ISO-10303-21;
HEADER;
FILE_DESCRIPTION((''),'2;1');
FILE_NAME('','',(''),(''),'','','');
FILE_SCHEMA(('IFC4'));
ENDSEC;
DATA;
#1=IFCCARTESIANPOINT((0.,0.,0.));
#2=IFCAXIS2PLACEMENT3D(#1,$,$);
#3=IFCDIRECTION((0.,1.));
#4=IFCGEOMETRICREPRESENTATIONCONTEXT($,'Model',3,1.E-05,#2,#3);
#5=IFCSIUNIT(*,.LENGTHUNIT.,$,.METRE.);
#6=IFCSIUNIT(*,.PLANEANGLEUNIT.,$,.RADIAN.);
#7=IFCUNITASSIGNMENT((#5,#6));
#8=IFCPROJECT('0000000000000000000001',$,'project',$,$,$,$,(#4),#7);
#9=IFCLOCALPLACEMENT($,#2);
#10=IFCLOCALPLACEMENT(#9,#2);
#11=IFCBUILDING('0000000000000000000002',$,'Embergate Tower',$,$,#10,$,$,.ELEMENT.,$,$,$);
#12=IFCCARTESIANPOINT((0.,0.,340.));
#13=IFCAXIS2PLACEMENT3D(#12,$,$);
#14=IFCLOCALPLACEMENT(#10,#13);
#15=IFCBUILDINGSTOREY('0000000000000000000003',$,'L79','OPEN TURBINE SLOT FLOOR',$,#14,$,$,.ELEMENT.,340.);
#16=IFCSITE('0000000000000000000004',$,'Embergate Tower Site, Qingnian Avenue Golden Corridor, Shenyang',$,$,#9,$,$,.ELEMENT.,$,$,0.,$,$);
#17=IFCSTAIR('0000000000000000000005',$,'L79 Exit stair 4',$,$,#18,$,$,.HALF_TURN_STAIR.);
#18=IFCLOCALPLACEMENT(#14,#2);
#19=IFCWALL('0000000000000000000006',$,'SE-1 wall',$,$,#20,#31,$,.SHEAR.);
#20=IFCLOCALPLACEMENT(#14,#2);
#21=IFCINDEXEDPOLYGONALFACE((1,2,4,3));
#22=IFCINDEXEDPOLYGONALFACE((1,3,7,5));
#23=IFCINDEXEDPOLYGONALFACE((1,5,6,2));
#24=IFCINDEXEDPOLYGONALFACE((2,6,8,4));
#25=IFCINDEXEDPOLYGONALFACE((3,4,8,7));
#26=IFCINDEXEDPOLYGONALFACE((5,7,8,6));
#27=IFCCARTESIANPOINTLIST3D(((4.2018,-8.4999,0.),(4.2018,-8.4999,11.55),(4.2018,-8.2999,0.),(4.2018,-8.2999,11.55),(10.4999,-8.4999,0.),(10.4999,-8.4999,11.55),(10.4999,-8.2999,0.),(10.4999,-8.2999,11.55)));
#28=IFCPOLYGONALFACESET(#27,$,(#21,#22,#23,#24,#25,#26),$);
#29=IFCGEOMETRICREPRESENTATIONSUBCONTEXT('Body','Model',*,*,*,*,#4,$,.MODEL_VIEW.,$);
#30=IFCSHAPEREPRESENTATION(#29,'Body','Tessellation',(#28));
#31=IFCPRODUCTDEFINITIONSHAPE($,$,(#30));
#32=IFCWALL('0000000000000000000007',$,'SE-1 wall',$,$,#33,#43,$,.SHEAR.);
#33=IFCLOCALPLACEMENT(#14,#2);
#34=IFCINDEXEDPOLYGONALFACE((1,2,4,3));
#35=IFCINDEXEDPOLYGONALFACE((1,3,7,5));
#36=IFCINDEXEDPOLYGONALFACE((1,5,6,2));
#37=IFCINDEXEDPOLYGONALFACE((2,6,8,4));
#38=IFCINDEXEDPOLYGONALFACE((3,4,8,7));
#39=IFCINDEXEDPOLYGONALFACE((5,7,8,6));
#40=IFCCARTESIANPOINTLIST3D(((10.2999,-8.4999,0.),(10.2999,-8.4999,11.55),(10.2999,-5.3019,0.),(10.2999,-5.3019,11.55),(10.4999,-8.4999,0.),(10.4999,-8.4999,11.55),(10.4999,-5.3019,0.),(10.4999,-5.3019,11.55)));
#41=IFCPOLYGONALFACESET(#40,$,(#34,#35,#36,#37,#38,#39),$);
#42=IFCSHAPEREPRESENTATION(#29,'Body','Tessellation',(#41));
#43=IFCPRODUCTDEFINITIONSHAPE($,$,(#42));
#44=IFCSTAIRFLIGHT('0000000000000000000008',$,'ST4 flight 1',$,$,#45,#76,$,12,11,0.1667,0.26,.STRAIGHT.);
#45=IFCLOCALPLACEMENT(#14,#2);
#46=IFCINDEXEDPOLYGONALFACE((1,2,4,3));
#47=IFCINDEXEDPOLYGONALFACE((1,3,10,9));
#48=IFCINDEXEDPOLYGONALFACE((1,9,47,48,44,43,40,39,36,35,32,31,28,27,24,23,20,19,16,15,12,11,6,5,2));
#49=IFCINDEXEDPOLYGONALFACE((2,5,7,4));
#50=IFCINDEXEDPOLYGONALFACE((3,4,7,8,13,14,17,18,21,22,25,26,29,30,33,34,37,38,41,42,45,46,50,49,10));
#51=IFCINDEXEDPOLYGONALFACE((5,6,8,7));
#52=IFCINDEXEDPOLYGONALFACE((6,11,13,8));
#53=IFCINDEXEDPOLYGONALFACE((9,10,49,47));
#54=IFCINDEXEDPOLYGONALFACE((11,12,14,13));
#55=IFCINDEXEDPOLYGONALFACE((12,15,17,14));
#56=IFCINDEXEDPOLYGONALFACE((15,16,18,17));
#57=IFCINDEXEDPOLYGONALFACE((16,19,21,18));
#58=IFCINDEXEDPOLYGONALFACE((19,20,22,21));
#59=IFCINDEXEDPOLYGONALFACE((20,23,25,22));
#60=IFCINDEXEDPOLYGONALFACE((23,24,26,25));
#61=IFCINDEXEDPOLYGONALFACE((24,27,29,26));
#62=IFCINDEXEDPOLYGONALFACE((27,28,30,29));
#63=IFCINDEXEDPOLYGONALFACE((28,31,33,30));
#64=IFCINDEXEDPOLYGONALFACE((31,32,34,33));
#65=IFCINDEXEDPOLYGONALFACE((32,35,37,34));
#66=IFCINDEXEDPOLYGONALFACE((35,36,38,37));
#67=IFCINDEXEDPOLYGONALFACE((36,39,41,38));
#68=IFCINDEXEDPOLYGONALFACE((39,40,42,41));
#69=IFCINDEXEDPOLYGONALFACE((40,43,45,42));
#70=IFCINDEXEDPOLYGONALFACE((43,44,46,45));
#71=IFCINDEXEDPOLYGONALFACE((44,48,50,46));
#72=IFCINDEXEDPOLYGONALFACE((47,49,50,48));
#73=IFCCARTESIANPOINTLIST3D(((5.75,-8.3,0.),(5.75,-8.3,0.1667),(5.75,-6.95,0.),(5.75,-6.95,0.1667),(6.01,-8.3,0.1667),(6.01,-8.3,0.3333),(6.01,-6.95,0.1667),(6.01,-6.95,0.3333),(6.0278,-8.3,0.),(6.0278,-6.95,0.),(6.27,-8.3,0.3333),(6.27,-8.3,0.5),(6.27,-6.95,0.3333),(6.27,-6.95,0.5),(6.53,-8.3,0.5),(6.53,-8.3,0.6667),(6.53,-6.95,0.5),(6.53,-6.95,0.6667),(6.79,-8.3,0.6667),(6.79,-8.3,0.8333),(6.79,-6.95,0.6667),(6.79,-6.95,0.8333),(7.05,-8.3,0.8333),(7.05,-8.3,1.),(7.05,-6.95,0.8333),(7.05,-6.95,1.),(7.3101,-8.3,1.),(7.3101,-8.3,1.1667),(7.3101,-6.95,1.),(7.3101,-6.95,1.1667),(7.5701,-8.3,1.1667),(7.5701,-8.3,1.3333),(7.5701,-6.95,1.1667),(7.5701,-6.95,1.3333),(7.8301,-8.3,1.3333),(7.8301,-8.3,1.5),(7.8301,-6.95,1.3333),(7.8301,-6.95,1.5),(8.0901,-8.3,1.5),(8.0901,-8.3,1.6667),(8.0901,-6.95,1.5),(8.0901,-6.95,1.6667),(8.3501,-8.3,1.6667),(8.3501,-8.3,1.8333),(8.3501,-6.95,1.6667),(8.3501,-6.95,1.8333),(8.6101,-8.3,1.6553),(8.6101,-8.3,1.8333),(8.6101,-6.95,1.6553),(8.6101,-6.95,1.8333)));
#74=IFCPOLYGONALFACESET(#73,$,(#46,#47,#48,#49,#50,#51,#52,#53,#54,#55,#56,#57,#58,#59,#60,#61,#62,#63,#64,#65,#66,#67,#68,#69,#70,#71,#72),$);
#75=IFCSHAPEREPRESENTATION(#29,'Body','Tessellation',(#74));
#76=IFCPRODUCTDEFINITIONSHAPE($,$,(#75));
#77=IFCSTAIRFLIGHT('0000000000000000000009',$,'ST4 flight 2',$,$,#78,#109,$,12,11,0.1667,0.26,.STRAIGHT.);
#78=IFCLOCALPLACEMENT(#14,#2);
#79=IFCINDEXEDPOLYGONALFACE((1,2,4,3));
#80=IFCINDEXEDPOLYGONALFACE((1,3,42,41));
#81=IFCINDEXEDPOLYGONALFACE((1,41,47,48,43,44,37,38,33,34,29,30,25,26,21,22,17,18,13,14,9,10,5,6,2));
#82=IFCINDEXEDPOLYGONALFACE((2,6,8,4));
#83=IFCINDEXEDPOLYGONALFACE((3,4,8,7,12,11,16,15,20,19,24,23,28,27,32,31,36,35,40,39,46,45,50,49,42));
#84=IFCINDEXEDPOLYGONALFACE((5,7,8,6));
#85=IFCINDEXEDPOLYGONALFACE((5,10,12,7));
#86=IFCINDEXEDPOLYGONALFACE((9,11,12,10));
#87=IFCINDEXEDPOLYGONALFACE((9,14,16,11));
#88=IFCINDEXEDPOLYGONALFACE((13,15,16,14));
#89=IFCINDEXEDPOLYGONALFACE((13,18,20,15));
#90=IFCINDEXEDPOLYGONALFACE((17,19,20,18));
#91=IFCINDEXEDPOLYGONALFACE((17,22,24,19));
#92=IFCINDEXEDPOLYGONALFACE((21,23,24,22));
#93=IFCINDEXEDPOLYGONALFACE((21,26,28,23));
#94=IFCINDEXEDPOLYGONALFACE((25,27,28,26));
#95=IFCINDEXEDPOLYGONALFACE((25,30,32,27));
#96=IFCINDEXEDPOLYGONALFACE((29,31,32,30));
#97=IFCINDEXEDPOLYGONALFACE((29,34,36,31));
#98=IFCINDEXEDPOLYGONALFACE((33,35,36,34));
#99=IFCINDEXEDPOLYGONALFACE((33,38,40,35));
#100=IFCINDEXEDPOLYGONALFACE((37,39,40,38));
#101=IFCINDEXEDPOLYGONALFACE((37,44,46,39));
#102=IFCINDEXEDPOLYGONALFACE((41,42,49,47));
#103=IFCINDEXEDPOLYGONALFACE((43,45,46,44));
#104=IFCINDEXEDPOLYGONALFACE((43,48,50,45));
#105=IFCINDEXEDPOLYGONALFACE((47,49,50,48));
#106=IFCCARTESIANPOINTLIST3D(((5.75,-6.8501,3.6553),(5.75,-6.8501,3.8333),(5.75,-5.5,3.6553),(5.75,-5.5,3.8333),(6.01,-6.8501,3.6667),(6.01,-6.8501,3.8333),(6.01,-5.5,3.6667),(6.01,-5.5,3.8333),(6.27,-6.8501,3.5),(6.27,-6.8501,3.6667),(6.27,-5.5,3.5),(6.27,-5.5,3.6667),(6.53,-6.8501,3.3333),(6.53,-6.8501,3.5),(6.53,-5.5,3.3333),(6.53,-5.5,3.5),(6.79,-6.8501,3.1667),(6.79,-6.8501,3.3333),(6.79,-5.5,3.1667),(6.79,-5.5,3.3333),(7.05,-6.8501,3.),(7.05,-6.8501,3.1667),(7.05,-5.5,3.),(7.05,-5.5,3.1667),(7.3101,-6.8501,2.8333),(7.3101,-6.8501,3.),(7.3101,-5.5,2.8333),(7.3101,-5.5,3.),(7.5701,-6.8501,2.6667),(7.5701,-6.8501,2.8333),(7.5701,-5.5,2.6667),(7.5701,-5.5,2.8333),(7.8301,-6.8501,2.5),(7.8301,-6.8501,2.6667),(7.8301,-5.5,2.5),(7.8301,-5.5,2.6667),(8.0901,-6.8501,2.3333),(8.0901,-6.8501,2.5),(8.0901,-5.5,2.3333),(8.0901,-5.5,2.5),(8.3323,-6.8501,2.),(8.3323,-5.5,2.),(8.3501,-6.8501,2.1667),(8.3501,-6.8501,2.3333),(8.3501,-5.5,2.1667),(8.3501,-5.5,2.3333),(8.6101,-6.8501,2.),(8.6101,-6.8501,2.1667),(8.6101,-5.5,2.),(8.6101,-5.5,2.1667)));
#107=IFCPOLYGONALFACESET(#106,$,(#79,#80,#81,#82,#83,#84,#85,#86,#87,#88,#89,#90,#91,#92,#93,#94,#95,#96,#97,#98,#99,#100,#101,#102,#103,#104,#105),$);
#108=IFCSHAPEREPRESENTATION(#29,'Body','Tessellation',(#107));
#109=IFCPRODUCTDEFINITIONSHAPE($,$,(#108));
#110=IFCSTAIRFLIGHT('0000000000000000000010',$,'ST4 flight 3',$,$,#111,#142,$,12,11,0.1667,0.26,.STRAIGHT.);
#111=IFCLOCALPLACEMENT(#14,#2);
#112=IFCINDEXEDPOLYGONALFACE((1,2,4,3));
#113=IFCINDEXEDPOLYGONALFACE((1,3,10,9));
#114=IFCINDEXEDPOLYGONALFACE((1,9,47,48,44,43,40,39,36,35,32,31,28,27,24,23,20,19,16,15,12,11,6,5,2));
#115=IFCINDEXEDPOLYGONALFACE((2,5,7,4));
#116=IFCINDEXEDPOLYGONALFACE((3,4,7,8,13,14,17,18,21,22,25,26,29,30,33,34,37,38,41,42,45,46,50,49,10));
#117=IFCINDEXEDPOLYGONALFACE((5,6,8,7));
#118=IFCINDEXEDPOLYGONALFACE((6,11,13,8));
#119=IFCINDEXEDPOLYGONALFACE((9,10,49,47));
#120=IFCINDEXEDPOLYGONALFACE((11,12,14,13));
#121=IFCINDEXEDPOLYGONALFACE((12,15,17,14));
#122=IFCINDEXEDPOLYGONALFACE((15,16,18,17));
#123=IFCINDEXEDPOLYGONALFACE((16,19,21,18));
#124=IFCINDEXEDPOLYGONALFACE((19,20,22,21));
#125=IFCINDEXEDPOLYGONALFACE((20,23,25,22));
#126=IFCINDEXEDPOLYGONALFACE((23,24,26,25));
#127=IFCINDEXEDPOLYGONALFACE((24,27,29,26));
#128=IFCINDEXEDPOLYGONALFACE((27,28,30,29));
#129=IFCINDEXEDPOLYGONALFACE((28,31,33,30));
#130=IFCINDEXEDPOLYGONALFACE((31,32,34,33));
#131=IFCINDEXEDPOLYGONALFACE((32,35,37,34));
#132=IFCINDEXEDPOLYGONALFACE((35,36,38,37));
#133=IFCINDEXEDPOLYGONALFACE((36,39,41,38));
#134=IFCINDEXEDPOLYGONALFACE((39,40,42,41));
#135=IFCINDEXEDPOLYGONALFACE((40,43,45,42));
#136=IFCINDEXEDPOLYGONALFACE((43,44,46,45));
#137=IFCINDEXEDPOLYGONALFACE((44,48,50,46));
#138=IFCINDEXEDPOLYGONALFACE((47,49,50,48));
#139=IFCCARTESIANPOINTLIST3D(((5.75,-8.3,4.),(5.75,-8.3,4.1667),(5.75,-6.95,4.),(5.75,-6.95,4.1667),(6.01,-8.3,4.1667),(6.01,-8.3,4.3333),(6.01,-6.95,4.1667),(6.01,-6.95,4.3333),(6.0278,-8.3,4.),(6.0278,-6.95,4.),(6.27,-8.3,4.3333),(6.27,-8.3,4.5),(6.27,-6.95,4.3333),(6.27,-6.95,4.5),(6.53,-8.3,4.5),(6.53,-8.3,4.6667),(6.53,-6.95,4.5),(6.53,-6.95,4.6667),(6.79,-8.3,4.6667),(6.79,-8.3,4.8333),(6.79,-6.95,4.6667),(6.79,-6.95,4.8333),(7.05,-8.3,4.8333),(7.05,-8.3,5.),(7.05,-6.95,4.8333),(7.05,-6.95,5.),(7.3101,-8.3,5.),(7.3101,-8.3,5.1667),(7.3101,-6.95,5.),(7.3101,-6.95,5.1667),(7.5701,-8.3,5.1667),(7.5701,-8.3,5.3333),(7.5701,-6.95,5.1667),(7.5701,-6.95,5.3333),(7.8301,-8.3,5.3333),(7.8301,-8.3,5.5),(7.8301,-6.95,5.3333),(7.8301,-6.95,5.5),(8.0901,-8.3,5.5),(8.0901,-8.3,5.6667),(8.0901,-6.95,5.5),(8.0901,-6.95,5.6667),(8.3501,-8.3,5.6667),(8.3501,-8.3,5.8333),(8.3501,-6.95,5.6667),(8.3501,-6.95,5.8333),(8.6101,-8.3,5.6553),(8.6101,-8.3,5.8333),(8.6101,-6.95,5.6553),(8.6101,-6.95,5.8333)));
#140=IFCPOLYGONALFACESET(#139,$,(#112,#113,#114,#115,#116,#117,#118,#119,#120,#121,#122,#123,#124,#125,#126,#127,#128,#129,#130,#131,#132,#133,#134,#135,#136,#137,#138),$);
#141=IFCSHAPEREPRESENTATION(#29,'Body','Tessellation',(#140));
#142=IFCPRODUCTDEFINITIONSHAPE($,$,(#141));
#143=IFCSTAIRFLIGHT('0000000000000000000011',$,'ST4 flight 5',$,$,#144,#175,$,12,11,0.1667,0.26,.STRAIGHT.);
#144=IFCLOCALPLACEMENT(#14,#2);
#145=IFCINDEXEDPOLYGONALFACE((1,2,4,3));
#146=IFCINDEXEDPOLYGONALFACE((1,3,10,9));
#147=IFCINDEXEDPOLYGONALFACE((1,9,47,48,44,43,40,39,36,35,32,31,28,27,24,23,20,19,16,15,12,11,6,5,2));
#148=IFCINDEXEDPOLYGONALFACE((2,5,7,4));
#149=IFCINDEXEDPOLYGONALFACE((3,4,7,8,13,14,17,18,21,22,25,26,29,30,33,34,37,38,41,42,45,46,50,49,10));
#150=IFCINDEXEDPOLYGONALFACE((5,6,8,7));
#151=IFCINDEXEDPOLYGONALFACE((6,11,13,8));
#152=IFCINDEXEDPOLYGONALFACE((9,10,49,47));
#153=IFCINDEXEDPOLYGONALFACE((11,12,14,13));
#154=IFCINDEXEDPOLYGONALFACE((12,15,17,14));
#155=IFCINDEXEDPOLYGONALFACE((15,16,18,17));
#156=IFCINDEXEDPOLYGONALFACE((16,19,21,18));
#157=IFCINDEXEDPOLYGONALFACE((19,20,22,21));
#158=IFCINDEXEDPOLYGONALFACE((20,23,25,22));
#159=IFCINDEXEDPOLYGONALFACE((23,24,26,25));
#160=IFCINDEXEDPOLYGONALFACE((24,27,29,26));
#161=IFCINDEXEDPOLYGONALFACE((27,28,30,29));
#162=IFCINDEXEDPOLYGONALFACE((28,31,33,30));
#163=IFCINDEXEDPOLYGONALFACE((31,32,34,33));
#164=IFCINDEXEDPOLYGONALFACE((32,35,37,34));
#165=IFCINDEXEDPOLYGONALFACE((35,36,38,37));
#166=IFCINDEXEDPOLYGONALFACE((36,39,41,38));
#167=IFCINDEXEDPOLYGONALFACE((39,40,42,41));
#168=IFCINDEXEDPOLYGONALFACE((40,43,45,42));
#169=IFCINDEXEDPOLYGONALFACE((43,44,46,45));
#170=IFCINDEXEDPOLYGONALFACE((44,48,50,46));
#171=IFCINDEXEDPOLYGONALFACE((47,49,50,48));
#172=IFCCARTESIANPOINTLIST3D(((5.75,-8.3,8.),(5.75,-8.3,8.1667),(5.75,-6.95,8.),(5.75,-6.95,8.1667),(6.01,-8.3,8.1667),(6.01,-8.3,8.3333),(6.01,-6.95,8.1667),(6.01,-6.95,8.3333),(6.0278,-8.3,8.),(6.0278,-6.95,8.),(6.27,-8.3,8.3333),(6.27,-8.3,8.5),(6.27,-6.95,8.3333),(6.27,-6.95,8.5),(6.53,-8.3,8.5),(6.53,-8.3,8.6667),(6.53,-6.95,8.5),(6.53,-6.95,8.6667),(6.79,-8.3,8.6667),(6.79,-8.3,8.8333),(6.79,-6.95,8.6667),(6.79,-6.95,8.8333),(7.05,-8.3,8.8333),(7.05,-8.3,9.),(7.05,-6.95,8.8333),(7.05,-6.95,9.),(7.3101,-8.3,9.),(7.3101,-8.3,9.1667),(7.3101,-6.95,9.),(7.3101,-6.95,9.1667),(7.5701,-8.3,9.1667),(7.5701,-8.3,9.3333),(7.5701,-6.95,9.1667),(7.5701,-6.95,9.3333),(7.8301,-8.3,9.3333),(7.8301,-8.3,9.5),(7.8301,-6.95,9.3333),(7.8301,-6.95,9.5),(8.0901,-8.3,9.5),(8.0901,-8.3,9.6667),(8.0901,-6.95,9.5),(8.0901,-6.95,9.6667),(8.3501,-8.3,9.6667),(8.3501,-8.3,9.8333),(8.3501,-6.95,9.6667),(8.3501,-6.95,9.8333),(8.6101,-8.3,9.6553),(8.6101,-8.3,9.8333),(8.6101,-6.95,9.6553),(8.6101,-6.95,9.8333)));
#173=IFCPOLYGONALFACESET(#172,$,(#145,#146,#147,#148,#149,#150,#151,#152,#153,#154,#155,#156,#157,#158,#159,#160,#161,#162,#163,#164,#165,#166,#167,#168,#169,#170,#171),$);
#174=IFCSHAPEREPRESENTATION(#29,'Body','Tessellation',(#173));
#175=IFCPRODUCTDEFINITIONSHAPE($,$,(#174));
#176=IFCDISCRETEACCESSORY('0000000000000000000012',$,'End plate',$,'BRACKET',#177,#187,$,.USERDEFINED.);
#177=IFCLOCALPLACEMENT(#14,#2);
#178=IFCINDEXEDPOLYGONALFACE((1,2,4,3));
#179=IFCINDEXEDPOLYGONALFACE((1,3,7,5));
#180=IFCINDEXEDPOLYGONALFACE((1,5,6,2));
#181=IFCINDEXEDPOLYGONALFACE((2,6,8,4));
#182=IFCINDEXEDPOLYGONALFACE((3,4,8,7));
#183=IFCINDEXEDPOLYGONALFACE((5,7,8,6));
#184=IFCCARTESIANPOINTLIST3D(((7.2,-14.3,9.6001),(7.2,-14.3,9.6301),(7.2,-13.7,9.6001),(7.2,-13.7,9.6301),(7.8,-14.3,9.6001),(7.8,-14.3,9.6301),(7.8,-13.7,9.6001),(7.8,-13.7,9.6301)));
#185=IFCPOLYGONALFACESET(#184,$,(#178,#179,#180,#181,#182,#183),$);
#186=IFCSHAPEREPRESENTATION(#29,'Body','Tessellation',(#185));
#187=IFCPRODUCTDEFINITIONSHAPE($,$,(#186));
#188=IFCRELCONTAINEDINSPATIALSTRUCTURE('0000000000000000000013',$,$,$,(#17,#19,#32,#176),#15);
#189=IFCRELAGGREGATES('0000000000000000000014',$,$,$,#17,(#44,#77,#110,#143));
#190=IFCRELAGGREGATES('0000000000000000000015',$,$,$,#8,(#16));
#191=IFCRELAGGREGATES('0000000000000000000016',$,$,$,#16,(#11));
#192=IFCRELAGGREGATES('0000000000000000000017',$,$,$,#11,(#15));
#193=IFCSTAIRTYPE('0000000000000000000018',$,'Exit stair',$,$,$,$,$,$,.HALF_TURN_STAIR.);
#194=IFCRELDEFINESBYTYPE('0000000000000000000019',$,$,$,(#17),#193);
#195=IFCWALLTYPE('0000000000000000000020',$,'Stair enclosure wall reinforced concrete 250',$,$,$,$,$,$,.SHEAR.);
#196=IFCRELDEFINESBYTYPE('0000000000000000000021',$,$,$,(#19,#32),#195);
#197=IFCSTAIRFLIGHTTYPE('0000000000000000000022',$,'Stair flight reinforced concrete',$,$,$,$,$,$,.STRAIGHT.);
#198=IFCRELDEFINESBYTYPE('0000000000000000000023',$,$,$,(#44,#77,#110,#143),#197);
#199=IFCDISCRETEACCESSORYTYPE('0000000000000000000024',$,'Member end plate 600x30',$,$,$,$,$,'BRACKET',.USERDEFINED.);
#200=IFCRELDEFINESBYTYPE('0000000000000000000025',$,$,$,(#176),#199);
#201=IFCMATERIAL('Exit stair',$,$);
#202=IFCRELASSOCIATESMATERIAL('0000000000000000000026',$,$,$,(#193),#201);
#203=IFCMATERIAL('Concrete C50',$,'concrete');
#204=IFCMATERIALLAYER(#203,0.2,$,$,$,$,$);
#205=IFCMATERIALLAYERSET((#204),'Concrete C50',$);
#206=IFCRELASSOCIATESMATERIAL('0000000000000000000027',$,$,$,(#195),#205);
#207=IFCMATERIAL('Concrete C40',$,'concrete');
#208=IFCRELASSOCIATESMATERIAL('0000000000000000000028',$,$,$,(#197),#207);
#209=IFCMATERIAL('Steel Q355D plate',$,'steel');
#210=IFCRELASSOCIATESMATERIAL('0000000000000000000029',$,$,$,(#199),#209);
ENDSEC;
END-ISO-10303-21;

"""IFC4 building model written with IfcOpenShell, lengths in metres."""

from ifc_helpers import new_model, si_unit, direction, frame, frame_2d, origin, origin_2d, place, context, subcontext, project, spatial, polyline, rectangle, outline, extrude, source, transform, mapped, material, layer, layer_set, type_object, element, aggregate, save


model = new_model("IFC4")

# Units and contexts
model_context = context("Model", 3, precision=1e-05, world=origin(), true_north=direction((0.0, 1.0)))
body_context = subcontext(model_context, "Body", "Model", "MODEL_VIEW")
ifc_project = project(units=[si_unit("LENGTHUNIT", "METRE"), si_unit("PLANEANGLEUNIT", "RADIAN")], contexts=[model_context])

# Site, building, storey
site_placement = place(None, origin())
site = spatial("IfcSite", under=ifc_project, at=site_placement, Name="Embergate Tower Site, Qingnian Avenue Golden Corridor, Shenyang", CompositionType="ELEMENT", RefElevation=0.0)
building_placement = place(site_placement, origin())
building = spatial("IfcBuilding", under=site, at=building_placement, Name="Embergate Tower", CompositionType="ELEMENT")
storey_placement = place(building_placement, frame((0.0, 0.0, 340.0)))
storey = spatial("IfcBuildingStorey", under=building, at=storey_placement, Name="L79", Description="OPEN TURBINE SLOT FLOOR", CompositionType="ELEMENT", Elevation=340.0)

# Stair
ifc_material_1 = material(Name="Exit stair")
stair_type = type_object("IfcStairType", Name="Exit stair", PredefinedType="HALF_TURN_STAIR", material=ifc_material_1)
stair_placement = place(storey_placement, origin())
stair = element("IfcStair", 1, at=stair_placement, inside=storey, type_object=stair_type, Name="L79 Exit stair 4", PredefinedType="HALF_TURN_STAIR")
ifc_material_2 = material(Name="Concrete C40", Category="concrete")

# Shared definitions
ifc_material_3 = material(Name="Concrete C50", Category="concrete")

# Walls
ifc_layer_1 = layer(ifc_material_3, 0.2)
ifc_layer_set_1 = layer_set([ifc_layer_1], Name="Concrete C50")
wall_type_1 = type_object("IfcWallType", Name="Stair enclosure wall reinforced concrete 250", PredefinedType="SHEAR", material=ifc_layer_set_1)
shared_shape_1 = source(origin(), body_context, "Body", "SweptSolid", [
    extrude(rectangle(XDim=6.2981, YDim=0.2, at=frame_2d((3.1489, 0.0))), origin(), (0.0, 0.0, 1.0), 11.55),
])
wall_1_placement = place(storey_placement, frame((4.2019, -8.3999, 0.0), z_axis=(0.0, 0.0, 1.0), x_axis=(1.0, 0.0, 0.0)))
element("IfcWall", 2, at=wall_1_placement, inside=storey, type_object=wall_type_1, Name="SE-1 wall", PredefinedType="SHEAR", context=body_context, shape_type="MappedRepresentation", body=[
    mapped(shared_shape_1, transform((0.0, 0.0, 0.0))),
])
shared_shape_2 = source(origin(), body_context, "Body", "SweptSolid", [
    extrude(rectangle(XDim=3.198, YDim=0.2, at=frame_2d((1.5991, 0.0))), origin(), (0.0, 0.0, 1.0), 11.55),
])
wall_2_placement = place(storey_placement, frame((10.3999, -8.5, 0.0), z_axis=(0.0, 0.0, 1.0), x_axis=(0.0, 1.0, 0.0)))
element("IfcWall", 3, at=wall_2_placement, inside=storey, type_object=wall_type_1, Name="SE-1 wall", PredefinedType="SHEAR", context=body_context, shape_type="MappedRepresentation", body=[
    mapped(shared_shape_2, transform((0.0, 0.0, 0.0))),
])

# Stair flights
stair_flight_type = type_object("IfcStairFlightType", Name="Stair flight reinforced concrete", PredefinedType="STRAIGHT", material=ifc_material_2)
shared_shape_3 = source(origin(), body_context, "Body", "SweptSolid", [
    extrude(outline(polyline([(0.0, 0.0), (0.0, 0.1667), (0.26, 0.1667), (0.26, 0.3333), (0.52, 0.3333), (0.52, 0.5), (0.78, 0.5), (0.78, 0.6667), (1.04, 0.6667), (1.04, 0.8333), (1.3, 0.8333), (1.3, 1.0), (1.5601, 1.0), (1.5601, 1.1667), (1.8201, 1.1667), (1.8201, 1.3333), (2.0801, 1.3333), (2.0801, 1.5), (2.3401, 1.5), (2.3401, 1.6667), (2.6001, 1.6667), (2.6001, 1.8333), (2.8601, 1.8333), (2.8601, 2.0), (2.8601, 1.6553), (0.2778, 0.0), (0.0, 0.0)])), frame((0.0, 0.675, 0.0), z_axis=(0.0, -1.0, 0.0), x_axis=(1.0, 0.0, 0.0)), (0.0, 0.0, 1.0), 1.3501),
])
stair_flight_1_placement = place(storey_placement, frame((5.75, -7.625, 0.0), z_axis=(0.0, 0.0, 1.0), x_axis=(1.0, 0.0, 0.0)))
stair_flight_1 = element("IfcStairFlight", 4, at=stair_flight_1_placement, type_object=stair_flight_type, Name="ST4 flight 1", NumberOfRisers=12, NumberOfTreads=11, PredefinedType="STRAIGHT", RiserHeight=0.1667, TreadLength=0.26, context=body_context, shape_type="MappedRepresentation", body=[
    mapped(shared_shape_3, transform((0.0, 0.0, 0.0))),
])
stair_flight_2_placement = place(storey_placement, frame((8.6101, -6.175, 2.0), z_axis=(0.0, 0.0, 1.0), x_axis=(-1.0, 0.0, 0.0)))
stair_flight_2 = element("IfcStairFlight", 5, at=stair_flight_2_placement, type_object=stair_flight_type, Name="ST4 flight 2", NumberOfRisers=12, NumberOfTreads=11, PredefinedType="STRAIGHT", RiserHeight=0.1667, TreadLength=0.26, context=body_context, shape_type="MappedRepresentation", body=[
    mapped(shared_shape_3, transform((0.0, 0.0, 0.0))),
])
stair_flight_3_placement = place(storey_placement, frame((5.75, -7.625, 4.0), z_axis=(0.0, 0.0, 1.0), x_axis=(1.0, 0.0, 0.0)))
stair_flight_3 = element("IfcStairFlight", 6, at=stair_flight_3_placement, type_object=stair_flight_type, Name="ST4 flight 3", NumberOfRisers=12, NumberOfTreads=11, PredefinedType="STRAIGHT", RiserHeight=0.1667, TreadLength=0.26, context=body_context, shape_type="MappedRepresentation", body=[
    mapped(shared_shape_3, transform((0.0, 0.0, 0.0))),
])
stair_flight_4_placement = place(storey_placement, frame((5.75, -7.625, 8.0), z_axis=(0.0, 0.0, 1.0), x_axis=(1.0, 0.0, 0.0)))
stair_flight_4 = element("IfcStairFlight", 7, at=stair_flight_4_placement, type_object=stair_flight_type, Name="ST4 flight 5", NumberOfRisers=12, NumberOfTreads=11, PredefinedType="STRAIGHT", RiserHeight=0.1667, TreadLength=0.26, context=body_context, shape_type="MappedRepresentation", body=[
    mapped(shared_shape_3, transform((0.0, 0.0, 0.0))),
])
aggregate(stair, [stair_flight_1, stair_flight_2, stair_flight_3, stair_flight_4])

# Discrete accessory
ifc_material_4 = material(Name="Steel Q355D plate", Category="steel")
discrete_accessory_type = type_object("IfcDiscreteAccessoryType", Name="Member end plate 600x30", ElementType="BRACKET", PredefinedType="USERDEFINED", material=ifc_material_4)
shared_shape_4 = source(origin(), body_context, "Body", "SweptSolid", [
    extrude(rectangle(XDim=0.6001, YDim=0.6001, at=origin_2d()), origin(), (0.0, 0.0, 1.0), 0.03),
])
discrete_accessory_placement = place(storey_placement, frame((7.5, -14.0, 9.6001), z_axis=(0.0, 0.0, 1.0), x_axis=(1.0, 0.0, 0.0)))
element("IfcDiscreteAccessory", 8, at=discrete_accessory_placement, inside=storey, type_object=discrete_accessory_type, Name="End plate", ObjectType="BRACKET", PredefinedType="USERDEFINED", context=body_context, shape_type="MappedRepresentation", body=[
    mapped(shared_shape_4, transform((0.0, 0.0, 0.0))),
])

save(model, "model.ifc")
